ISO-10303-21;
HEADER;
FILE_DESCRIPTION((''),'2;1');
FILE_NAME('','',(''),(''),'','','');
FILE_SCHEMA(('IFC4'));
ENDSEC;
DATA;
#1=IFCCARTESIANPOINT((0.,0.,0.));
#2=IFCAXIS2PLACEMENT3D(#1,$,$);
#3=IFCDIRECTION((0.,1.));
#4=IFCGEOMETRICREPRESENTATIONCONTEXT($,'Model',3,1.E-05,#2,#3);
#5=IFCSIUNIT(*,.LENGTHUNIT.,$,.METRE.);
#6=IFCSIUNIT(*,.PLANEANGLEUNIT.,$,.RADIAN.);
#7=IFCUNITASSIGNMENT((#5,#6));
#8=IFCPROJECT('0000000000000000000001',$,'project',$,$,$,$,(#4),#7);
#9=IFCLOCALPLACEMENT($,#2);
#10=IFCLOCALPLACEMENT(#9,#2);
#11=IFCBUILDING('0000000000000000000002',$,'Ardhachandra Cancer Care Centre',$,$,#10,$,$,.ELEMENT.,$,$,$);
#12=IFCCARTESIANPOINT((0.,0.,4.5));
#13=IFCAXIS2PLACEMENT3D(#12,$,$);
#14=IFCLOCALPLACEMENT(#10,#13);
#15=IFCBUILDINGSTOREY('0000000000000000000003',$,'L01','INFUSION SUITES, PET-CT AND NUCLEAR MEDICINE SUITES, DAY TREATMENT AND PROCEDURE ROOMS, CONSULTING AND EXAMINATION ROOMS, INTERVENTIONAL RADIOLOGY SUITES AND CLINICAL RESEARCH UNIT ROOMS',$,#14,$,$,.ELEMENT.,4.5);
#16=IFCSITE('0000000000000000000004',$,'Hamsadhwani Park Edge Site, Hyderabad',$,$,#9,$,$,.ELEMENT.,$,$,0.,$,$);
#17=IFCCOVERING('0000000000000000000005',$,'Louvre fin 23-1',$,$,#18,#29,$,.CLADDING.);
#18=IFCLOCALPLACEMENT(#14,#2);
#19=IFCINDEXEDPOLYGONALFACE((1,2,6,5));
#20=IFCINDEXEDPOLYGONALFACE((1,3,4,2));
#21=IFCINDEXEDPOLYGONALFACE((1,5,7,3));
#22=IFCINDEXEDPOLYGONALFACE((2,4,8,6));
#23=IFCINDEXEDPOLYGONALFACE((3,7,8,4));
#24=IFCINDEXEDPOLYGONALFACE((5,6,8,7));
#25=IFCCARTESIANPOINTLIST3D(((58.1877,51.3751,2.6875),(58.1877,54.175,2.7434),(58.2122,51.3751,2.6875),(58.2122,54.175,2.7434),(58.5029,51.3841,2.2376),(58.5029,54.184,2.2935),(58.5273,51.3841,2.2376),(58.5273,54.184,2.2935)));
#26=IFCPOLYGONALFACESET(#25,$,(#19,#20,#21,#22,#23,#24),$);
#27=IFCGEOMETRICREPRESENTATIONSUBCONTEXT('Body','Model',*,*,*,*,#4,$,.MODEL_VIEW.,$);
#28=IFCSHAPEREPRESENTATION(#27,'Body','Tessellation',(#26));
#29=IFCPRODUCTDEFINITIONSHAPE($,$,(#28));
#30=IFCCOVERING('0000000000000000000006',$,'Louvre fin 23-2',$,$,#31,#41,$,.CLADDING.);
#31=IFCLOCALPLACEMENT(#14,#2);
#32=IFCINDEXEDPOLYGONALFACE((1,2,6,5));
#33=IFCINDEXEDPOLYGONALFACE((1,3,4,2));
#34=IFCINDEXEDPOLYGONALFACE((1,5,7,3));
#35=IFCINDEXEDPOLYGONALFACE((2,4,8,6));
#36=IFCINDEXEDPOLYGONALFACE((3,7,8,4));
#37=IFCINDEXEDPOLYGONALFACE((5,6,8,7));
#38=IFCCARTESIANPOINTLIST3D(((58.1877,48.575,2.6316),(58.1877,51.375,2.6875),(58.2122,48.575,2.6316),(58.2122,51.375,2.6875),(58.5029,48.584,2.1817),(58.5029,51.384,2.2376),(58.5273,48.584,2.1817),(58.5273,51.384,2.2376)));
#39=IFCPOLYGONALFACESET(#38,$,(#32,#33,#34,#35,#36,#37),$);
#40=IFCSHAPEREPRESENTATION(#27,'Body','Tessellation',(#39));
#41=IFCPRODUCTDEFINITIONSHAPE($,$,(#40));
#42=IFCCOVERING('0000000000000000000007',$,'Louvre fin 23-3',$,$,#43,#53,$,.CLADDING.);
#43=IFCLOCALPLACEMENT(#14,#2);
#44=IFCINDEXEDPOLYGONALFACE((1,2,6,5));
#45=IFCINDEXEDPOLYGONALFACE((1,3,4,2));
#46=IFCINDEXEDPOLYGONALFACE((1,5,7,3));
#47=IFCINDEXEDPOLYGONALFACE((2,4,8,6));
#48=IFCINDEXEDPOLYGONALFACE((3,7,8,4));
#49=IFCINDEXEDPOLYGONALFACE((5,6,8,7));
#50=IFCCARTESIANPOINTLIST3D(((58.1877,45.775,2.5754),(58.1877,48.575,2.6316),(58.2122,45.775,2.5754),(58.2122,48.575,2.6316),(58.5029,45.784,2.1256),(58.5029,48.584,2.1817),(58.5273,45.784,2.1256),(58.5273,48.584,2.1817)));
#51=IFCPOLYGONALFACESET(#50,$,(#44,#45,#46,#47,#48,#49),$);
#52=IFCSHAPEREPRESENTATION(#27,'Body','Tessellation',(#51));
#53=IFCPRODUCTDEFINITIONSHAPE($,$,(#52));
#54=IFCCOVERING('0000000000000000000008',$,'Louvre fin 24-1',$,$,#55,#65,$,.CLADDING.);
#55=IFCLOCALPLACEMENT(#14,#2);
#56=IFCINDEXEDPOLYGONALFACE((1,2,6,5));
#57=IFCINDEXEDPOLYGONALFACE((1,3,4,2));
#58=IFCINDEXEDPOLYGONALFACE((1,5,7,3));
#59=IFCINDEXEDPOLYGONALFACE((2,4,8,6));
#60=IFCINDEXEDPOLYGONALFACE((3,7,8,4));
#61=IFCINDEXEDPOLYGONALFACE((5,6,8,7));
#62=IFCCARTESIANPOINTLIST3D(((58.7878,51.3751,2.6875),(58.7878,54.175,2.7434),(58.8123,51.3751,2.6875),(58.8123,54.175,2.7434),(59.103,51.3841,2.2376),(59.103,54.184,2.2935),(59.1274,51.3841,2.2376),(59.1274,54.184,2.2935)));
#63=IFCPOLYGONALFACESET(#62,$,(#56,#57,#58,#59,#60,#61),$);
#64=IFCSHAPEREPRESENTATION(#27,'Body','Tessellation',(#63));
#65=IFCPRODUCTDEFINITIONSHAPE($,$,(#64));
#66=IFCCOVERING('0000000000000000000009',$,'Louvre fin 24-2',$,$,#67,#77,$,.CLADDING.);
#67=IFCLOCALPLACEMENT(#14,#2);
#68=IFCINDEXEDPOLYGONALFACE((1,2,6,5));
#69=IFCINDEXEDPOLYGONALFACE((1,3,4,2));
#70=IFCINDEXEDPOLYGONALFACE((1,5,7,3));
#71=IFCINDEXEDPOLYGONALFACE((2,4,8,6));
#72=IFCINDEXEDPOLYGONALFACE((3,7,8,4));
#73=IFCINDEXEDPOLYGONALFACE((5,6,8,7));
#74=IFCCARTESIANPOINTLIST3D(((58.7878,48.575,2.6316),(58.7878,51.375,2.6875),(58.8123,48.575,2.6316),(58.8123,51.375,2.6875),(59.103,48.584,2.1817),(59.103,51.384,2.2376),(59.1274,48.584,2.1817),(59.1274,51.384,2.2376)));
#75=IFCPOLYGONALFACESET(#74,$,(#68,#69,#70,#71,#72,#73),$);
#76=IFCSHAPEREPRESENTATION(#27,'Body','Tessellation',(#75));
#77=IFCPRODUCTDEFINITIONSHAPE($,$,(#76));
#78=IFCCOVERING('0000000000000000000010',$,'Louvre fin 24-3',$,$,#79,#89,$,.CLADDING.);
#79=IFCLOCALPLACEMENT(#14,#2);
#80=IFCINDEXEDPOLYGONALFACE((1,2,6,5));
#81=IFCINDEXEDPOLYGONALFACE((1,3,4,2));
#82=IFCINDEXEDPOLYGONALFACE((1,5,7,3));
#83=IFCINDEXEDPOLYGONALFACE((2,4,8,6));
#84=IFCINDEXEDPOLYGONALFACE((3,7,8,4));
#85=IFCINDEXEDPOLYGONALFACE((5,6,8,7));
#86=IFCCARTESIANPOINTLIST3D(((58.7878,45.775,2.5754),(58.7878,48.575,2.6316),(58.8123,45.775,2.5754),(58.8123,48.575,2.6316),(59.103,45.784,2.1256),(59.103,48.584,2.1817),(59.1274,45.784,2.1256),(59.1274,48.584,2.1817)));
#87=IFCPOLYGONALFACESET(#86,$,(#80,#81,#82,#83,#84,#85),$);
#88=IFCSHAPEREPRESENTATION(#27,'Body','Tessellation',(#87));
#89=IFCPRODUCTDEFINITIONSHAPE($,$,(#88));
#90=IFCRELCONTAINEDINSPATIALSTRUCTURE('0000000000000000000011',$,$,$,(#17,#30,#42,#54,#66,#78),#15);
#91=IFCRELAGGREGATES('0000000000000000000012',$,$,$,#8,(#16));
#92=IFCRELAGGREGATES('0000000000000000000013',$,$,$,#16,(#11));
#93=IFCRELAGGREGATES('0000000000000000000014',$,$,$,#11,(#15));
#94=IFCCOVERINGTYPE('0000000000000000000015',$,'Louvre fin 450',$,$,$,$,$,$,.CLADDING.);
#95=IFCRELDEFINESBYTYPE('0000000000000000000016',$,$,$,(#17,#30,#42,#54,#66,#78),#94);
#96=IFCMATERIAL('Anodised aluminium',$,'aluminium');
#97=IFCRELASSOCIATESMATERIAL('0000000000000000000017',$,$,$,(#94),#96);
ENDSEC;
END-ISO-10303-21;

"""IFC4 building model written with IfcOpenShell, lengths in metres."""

from ifc_helpers import new_model, si_unit, direction, frame, origin, place, context, subcontext, project, spatial, polyline, outline, extrude, material, material_profile, profile_set, type_object, element, save


model = new_model("IFC4")

# Units and contexts
model_context = context("Model", 3, precision=1e-05, world=origin(), true_north=direction((0.0, 1.0)))
body_context = subcontext(model_context, "Body", "Model", "MODEL_VIEW")
ifc_project = project(units=[si_unit("LENGTHUNIT", "METRE"), si_unit("PLANEANGLEUNIT", "RADIAN")], contexts=[model_context])

# Site, building, storey
site_placement = place(None, origin())
site = spatial("IfcSite", under=ifc_project, at=site_placement, Name="Hamsadhwani Park Edge Site, Hyderabad", CompositionType="ELEMENT", RefElevation=0.0)
building_placement = place(site_placement, origin())
building = spatial("IfcBuilding", under=site, at=building_placement, Name="Ardhachandra Cancer Care Centre", CompositionType="ELEMENT")
storey_placement = place(building_placement, frame((0.0, 0.0, 4.5)))
storey = spatial("IfcBuildingStorey", under=building, at=storey_placement, Name="L01", Description="INFUSION SUITES, PET-CT AND NUCLEAR MEDICINE SUITES, DAY TREATMENT AND PROCEDURE ROOMS, CONSULTING AND EXAMINATION ROOMS, INTERVENTIONAL RADIOLOGY SUITES AND CLINICAL RESEARCH UNIT ROOMS", CompositionType="ELEMENT", Elevation=4.5)

# Coverings
ifc_material_1 = material(Name="Anodised aluminium", Category="aluminium")
ifc_material_profile_1 = material_profile(ifc_material_1, outline(polyline([(-0.0122, 0.0), (0.0122, 0.0), (0.3274, -0.45), (0.303, -0.45), (-0.0122, 0.0)])), Name="Louvre fin 450")
ifc_profile_set_1 = profile_set([ifc_material_profile_1], Name="Anodised aluminium")
covering_type = type_object("IfcCoveringType", Name="Louvre fin 450", PredefinedType="CLADDING", material=ifc_profile_set_1)
for number, where, z_axis, x_axis, name in (
    (1, (58.2, 54.175, 2.7434), (0.0, -0.999801, -0.019963), (1.0, 0.0, 0.0), "Louvre fin 23-1"),
    (2, (58.2, 51.375, 2.6875), (0.0, -0.999801, -0.019963), (1.0, 0.0, 0.0), "Louvre fin 23-2"),
    (3, (58.2, 48.575, 2.6316), (0.0, -0.999799, -0.02005), (1.0, 0.0, 0.0), "Louvre fin 23-3"),
    (4, (58.8, 54.175, 2.7434), (0.0, -0.999801, -0.019963), (1.0, 0.0, 0.0), "Louvre fin 24-1"),
    (5, (58.8, 51.375, 2.6875), (0.0, -0.999801, -0.019963), (1.0, 0.0, 0.0), "Louvre fin 24-2"),
    (6, (58.8, 48.575, 2.6316), (0.0, -0.999799, -0.02005), (1.0, 0.0, 0.0), "Louvre fin 24-3"),
):
    element("IfcCovering", number, at=place(storey_placement, frame(where, z_axis=z_axis, x_axis=x_axis)), inside=storey, type_object=covering_type, Name=name, PredefinedType="CLADDING", context=body_context, shape_type="SweptSolid", body=[
        extrude(outline(polyline([(-0.0122, 0.0), (0.0122, 0.0), (0.3274, -0.45), (0.303, -0.45), (-0.0122, 0.0)])), origin(), (0.0, 0.0, 1.0), 2.8005),
    ])

save(model, "model.ifc")
